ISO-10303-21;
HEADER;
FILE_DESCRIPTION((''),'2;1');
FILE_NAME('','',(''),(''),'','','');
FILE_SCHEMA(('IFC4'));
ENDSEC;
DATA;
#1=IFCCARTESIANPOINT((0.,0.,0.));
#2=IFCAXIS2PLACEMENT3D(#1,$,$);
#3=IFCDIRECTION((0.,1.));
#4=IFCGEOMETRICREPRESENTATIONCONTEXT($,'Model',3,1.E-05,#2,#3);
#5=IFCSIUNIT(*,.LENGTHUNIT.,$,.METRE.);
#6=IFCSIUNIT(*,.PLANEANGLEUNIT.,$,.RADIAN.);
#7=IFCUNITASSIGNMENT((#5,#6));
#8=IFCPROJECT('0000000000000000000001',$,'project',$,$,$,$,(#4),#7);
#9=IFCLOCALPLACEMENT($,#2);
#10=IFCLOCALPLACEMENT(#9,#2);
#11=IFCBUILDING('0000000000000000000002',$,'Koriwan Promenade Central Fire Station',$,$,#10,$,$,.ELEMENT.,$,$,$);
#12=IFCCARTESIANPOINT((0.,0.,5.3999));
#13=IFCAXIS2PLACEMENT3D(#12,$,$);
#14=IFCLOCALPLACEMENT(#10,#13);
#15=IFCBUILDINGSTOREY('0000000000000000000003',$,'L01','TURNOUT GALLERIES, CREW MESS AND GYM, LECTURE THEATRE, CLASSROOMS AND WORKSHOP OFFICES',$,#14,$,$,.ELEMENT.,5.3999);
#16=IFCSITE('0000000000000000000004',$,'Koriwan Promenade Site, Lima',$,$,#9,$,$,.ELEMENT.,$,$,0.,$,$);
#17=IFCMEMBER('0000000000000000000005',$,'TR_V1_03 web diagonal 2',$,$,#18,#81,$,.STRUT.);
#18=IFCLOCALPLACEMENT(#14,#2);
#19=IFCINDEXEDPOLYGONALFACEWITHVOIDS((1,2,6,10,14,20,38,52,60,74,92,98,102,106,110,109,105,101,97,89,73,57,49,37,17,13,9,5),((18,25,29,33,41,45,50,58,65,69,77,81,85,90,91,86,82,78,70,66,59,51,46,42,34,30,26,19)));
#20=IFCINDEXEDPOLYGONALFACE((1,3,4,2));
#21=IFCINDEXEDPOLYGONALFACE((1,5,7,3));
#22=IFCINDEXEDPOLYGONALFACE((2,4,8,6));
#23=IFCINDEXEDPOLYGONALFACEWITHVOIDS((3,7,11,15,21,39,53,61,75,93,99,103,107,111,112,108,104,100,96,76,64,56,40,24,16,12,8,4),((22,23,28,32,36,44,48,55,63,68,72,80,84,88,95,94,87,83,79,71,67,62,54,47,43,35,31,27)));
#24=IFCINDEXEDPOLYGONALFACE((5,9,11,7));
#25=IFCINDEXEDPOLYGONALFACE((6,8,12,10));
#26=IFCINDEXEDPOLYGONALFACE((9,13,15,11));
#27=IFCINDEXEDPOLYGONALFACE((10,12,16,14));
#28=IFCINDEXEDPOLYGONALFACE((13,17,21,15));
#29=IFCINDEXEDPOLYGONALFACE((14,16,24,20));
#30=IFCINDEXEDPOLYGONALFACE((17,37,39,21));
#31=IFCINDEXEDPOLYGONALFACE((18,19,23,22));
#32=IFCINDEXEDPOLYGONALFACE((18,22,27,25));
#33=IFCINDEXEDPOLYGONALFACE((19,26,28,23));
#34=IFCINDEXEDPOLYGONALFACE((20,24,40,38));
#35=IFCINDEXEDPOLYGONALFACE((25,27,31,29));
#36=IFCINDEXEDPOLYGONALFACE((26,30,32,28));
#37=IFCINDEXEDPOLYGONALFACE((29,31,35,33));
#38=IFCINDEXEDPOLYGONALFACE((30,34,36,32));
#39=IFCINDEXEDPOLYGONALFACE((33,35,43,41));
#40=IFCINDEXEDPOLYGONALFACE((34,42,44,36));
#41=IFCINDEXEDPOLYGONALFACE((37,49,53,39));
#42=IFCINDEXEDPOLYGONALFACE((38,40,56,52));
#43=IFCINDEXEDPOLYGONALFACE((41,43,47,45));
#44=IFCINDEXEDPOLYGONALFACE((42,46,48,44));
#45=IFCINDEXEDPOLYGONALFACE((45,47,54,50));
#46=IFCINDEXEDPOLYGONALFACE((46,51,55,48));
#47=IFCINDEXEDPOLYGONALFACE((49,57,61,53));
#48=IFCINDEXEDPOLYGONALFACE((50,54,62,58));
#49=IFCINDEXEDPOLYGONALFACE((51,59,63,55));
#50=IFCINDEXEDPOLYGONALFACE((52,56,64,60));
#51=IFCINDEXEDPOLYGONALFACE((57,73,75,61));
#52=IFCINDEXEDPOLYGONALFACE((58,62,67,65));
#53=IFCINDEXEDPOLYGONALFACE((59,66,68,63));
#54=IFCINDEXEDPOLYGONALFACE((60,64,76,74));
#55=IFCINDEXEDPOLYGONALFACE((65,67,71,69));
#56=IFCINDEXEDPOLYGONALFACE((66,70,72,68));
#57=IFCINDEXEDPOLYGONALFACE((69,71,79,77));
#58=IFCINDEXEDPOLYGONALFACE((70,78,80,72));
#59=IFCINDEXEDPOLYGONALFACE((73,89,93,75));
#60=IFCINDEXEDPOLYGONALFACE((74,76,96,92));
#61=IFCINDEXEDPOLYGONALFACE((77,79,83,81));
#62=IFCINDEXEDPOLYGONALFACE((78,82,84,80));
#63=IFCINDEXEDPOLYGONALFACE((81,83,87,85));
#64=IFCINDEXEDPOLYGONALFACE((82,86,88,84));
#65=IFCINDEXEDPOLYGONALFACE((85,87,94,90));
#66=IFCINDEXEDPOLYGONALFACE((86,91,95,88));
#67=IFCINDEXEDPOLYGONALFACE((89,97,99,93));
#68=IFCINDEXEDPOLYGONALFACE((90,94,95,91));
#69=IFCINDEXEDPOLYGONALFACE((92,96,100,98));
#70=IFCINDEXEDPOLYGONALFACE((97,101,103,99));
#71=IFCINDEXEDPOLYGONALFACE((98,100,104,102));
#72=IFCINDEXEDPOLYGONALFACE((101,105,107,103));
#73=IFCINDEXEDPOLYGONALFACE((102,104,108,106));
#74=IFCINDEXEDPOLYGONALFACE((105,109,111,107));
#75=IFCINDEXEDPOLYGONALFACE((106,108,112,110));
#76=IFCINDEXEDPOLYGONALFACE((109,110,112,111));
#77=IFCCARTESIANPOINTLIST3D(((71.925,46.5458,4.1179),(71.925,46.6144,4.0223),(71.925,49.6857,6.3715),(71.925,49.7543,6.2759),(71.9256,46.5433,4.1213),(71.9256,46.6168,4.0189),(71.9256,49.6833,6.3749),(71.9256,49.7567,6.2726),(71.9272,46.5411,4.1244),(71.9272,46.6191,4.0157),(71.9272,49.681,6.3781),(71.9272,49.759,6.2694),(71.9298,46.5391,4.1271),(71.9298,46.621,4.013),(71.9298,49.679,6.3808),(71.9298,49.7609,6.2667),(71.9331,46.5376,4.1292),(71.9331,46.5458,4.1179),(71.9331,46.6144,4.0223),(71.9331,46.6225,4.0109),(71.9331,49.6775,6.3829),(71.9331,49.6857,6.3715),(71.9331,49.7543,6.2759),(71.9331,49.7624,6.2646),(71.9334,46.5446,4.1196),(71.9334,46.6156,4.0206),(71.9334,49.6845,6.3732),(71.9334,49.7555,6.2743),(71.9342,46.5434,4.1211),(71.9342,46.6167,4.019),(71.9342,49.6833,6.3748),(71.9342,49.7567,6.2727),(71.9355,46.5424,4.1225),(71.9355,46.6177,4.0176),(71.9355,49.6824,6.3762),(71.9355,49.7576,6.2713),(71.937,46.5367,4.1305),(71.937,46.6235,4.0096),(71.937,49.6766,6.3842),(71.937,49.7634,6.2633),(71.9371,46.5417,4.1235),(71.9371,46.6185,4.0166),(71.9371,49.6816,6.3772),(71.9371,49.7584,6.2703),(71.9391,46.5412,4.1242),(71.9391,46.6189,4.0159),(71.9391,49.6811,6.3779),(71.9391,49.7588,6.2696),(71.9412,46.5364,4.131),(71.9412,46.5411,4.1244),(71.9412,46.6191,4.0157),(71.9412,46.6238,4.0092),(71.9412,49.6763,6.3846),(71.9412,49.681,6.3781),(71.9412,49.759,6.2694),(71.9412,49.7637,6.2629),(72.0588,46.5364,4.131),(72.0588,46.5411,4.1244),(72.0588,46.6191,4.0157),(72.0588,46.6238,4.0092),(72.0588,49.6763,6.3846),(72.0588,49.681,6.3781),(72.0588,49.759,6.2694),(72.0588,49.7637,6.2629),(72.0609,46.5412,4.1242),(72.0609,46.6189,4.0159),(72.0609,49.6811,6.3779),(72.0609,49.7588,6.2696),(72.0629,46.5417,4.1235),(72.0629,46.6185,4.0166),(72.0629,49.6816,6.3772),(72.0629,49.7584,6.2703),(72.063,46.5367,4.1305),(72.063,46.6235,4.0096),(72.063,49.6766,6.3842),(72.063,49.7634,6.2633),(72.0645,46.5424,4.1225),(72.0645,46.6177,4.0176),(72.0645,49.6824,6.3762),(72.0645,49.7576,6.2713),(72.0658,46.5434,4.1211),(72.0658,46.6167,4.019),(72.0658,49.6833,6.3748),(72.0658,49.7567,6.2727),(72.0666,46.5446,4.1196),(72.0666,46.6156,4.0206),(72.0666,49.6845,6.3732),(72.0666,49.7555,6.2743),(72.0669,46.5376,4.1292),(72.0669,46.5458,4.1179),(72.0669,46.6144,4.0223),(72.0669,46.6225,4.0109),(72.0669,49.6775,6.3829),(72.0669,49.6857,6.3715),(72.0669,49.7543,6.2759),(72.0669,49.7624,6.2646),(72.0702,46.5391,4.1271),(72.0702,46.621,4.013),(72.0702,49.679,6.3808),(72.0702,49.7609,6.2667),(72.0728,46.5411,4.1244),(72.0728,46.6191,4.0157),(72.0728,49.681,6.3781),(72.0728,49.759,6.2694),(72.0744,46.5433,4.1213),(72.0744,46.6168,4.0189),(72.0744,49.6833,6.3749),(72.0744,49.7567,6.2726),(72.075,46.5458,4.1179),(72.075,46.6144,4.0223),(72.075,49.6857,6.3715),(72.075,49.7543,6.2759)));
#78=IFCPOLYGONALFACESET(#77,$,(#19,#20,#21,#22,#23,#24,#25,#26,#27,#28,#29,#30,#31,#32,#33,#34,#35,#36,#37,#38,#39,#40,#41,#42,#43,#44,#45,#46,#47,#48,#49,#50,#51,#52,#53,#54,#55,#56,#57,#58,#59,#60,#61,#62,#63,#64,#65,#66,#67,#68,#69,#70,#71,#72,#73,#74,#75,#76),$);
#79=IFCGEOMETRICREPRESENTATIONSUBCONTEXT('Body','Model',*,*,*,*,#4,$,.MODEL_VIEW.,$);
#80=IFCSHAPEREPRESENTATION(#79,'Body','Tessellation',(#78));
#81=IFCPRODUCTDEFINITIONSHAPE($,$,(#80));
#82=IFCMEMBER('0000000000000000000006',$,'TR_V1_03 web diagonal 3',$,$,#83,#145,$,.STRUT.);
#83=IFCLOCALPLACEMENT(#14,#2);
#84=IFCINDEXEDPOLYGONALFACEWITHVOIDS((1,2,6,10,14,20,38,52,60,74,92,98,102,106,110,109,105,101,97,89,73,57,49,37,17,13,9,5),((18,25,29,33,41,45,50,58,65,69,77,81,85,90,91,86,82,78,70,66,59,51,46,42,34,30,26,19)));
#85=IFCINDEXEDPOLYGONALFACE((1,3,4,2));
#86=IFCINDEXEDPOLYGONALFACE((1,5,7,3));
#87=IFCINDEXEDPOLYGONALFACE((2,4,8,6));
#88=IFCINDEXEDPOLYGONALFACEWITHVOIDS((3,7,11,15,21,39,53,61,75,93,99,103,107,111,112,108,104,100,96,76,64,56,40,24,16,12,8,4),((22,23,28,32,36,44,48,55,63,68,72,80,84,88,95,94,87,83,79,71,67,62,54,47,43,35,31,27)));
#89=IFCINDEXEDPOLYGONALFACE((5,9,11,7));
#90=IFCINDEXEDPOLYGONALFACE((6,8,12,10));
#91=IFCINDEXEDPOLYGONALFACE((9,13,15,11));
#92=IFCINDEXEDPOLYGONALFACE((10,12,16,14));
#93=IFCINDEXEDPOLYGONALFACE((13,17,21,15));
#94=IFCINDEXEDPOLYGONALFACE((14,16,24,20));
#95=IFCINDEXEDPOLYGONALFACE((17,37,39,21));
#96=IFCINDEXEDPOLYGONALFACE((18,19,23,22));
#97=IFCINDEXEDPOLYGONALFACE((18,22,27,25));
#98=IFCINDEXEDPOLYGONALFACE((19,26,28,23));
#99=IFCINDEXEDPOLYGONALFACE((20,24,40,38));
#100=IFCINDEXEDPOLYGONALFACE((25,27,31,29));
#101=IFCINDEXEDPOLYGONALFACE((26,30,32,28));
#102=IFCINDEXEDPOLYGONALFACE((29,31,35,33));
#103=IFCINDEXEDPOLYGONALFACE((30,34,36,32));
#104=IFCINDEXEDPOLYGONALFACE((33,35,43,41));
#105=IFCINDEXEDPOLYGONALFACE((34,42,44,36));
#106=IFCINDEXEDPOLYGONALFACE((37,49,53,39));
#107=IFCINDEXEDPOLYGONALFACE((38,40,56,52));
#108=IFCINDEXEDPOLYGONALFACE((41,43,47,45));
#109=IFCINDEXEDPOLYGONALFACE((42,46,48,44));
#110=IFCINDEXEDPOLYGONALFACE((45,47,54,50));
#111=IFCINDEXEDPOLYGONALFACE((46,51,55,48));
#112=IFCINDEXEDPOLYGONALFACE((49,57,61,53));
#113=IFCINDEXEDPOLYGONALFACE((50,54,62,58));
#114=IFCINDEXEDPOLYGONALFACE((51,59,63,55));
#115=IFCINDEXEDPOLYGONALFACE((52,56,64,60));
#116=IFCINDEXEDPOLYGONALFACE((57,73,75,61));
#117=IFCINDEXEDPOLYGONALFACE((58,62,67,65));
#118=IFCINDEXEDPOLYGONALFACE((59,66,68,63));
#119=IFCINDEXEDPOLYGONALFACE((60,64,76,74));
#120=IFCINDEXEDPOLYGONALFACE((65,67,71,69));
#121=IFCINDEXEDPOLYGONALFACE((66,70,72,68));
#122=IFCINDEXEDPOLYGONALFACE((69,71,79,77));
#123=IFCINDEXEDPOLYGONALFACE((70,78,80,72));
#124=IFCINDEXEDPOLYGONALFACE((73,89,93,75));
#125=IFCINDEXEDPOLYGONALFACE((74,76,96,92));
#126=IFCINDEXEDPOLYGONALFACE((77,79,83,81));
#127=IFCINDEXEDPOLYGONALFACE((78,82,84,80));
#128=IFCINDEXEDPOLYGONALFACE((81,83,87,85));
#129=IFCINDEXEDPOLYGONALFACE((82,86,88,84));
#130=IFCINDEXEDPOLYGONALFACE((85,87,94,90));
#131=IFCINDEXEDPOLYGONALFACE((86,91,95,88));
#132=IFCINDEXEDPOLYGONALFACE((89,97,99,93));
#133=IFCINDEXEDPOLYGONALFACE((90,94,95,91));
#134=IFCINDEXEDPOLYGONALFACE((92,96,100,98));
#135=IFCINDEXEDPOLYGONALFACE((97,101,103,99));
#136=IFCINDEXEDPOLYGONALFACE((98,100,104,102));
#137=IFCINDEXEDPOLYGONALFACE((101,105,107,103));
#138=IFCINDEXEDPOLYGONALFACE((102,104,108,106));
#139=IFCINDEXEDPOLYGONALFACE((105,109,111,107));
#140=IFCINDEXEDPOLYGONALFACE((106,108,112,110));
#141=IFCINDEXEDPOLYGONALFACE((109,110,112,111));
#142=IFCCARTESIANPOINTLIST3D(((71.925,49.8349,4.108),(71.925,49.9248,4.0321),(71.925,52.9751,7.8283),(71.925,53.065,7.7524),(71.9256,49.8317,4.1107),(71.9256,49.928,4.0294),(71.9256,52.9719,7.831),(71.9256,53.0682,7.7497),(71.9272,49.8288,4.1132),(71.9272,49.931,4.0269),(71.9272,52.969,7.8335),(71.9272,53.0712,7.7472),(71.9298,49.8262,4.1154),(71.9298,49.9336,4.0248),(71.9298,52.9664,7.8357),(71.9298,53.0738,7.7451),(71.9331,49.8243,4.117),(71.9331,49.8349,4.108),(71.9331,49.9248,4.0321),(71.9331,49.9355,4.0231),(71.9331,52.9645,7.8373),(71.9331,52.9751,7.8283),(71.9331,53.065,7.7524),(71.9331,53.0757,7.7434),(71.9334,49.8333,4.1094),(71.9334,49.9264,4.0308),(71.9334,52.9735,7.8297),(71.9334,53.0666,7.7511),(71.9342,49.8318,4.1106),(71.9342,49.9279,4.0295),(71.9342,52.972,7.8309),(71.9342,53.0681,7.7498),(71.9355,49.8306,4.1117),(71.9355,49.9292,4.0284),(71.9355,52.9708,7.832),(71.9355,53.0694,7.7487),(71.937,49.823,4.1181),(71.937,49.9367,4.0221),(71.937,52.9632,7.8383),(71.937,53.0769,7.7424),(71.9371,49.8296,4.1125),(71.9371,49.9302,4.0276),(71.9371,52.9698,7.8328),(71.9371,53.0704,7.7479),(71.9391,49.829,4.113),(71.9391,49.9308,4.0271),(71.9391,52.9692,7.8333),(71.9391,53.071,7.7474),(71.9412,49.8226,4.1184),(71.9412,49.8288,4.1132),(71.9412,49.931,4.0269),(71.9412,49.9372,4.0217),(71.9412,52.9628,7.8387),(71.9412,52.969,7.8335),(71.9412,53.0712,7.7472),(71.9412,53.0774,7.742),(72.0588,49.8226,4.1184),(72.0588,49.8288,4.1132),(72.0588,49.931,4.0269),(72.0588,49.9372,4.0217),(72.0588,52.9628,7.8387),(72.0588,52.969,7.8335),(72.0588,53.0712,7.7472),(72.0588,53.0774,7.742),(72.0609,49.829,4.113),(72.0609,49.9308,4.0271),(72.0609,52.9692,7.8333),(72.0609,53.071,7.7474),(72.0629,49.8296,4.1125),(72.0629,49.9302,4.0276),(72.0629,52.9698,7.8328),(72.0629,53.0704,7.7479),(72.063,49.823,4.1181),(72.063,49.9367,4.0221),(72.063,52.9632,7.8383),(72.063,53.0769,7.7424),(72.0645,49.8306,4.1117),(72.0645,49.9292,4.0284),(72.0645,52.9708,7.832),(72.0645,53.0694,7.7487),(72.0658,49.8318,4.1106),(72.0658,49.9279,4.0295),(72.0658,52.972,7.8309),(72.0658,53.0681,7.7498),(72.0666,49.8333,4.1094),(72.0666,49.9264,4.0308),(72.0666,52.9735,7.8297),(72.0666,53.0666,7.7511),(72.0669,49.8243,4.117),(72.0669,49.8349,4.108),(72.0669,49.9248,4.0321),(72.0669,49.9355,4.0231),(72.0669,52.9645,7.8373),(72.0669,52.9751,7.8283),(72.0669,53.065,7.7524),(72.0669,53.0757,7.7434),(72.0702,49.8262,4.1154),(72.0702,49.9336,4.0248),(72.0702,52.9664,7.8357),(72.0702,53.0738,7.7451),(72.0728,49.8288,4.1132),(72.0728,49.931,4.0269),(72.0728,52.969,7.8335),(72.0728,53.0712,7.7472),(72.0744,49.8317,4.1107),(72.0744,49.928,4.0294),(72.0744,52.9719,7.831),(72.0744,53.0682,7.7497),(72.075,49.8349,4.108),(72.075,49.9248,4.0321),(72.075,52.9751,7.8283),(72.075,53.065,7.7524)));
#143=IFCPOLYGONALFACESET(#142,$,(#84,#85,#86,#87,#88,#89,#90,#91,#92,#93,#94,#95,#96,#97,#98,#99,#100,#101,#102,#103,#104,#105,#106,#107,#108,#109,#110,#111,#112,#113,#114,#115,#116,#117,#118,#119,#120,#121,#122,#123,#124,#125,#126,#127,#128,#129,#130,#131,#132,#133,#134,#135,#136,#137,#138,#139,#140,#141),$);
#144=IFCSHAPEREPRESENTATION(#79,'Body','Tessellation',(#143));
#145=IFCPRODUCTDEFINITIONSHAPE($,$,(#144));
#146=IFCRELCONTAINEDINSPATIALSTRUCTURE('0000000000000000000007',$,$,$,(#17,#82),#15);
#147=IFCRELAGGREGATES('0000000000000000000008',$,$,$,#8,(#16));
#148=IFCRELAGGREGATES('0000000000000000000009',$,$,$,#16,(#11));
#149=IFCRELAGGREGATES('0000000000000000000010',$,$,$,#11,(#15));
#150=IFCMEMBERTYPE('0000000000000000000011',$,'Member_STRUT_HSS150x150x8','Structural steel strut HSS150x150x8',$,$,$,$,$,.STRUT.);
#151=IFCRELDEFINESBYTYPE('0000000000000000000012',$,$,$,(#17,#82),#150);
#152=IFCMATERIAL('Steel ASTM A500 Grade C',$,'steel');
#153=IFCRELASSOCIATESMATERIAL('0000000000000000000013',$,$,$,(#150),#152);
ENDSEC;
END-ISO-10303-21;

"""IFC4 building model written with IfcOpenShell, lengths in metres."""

from ifc_helpers import new_model, si_unit, direction, frame, origin, origin_2d, place, context, subcontext, project, spatial, hollow_rectangle, extrude, material, material_profile, profile_set, type_object, element, save


model = new_model("IFC4")

# Units and contexts
model_context = context("Model", 3, precision=1e-05, world=origin(), true_north=direction((0.0, 1.0)))
body_context = subcontext(model_context, "Body", "Model", "MODEL_VIEW")
ifc_project = project(units=[si_unit("LENGTHUNIT", "METRE"), si_unit("PLANEANGLEUNIT", "RADIAN")], contexts=[model_context])

# Site, building, storey
site_placement = place(None, origin())
site = spatial("IfcSite", under=ifc_project, at=site_placement, Name="Koriwan Promenade Site, Lima", CompositionType="ELEMENT", RefElevation=0.0)
building_placement = place(site_placement, origin())
building = spatial("IfcBuilding", under=site, at=building_placement, Name="Koriwan Promenade Central Fire Station", CompositionType="ELEMENT")
storey_placement = place(building_placement, frame((0.0, 0.0, 5.3999)))
storey = spatial("IfcBuildingStorey", under=building, at=storey_placement, Name="L01", Description="TURNOUT GALLERIES, CREW MESS AND GYM, LECTURE THEATRE, CLASSROOMS AND WORKSHOP OFFICES", CompositionType="ELEMENT", Elevation=5.3999)

# Members
ifc_material_1 = material(Name="Steel ASTM A500 Grade C", Category="steel")
ifc_material_profile_1 = material_profile(ifc_material_1, hollow_rectangle(XDim=0.1499, YDim=0.1499, WallThickness=0.0081, InnerFilletRadius=0.0081, OuterFilletRadius=0.0161, at=origin_2d()), Name="HSS150x150x8")
ifc_profile_set_1 = profile_set([ifc_material_profile_1], Name="Steel ASTM A500 Grade C")
member_type_1 = type_object("IfcMemberType", Name="Member_STRUT_HSS150x150x8", Description="Structural steel strut HSS150x150x8", PredefinedType="STRUT", material=ifc_profile_set_1)
member_1_placement = place(storey_placement, frame((72.0, 46.5801, 4.0701), z_axis=(0.0, 0.8124, 0.583101), x_axis=(-1.0, 0.0, 0.0)))
element("IfcMember", 1, at=member_1_placement, inside=storey, type_object=member_type_1, Name="TR_V1_03 web diagonal 2", PredefinedType="STRUT", context=body_context, shape_type="SweptSolid", body=[
    extrude(hollow_rectangle(XDim=0.1499, YDim=0.1499, WallThickness=0.0081, InnerFilletRadius=0.0081, OuterFilletRadius=0.0161, at=origin_2d()), origin(), (0.0, 0.0, 1.0), 3.865),
])
member_2_placement = place(storey_placement, frame((72.0, 49.8799, 4.0701), z_axis=(0.0, 0.645016, 0.764169), x_axis=(-1.0, 0.0, 0.0)))
element("IfcMember", 2, at=member_2_placement, inside=storey, type_object=member_type_1, Name="TR_V1_03 web diagonal 3", PredefinedType="STRUT", context=body_context, shape_type="SweptSolid", body=[
    extrude(hollow_rectangle(XDim=0.1499, YDim=0.1499, WallThickness=0.0081, InnerFilletRadius=0.0081, OuterFilletRadius=0.0161, at=origin_2d()), origin(), (0.0, 0.0, 1.0), 4.8684),
])

save(model, "model.ifc")
